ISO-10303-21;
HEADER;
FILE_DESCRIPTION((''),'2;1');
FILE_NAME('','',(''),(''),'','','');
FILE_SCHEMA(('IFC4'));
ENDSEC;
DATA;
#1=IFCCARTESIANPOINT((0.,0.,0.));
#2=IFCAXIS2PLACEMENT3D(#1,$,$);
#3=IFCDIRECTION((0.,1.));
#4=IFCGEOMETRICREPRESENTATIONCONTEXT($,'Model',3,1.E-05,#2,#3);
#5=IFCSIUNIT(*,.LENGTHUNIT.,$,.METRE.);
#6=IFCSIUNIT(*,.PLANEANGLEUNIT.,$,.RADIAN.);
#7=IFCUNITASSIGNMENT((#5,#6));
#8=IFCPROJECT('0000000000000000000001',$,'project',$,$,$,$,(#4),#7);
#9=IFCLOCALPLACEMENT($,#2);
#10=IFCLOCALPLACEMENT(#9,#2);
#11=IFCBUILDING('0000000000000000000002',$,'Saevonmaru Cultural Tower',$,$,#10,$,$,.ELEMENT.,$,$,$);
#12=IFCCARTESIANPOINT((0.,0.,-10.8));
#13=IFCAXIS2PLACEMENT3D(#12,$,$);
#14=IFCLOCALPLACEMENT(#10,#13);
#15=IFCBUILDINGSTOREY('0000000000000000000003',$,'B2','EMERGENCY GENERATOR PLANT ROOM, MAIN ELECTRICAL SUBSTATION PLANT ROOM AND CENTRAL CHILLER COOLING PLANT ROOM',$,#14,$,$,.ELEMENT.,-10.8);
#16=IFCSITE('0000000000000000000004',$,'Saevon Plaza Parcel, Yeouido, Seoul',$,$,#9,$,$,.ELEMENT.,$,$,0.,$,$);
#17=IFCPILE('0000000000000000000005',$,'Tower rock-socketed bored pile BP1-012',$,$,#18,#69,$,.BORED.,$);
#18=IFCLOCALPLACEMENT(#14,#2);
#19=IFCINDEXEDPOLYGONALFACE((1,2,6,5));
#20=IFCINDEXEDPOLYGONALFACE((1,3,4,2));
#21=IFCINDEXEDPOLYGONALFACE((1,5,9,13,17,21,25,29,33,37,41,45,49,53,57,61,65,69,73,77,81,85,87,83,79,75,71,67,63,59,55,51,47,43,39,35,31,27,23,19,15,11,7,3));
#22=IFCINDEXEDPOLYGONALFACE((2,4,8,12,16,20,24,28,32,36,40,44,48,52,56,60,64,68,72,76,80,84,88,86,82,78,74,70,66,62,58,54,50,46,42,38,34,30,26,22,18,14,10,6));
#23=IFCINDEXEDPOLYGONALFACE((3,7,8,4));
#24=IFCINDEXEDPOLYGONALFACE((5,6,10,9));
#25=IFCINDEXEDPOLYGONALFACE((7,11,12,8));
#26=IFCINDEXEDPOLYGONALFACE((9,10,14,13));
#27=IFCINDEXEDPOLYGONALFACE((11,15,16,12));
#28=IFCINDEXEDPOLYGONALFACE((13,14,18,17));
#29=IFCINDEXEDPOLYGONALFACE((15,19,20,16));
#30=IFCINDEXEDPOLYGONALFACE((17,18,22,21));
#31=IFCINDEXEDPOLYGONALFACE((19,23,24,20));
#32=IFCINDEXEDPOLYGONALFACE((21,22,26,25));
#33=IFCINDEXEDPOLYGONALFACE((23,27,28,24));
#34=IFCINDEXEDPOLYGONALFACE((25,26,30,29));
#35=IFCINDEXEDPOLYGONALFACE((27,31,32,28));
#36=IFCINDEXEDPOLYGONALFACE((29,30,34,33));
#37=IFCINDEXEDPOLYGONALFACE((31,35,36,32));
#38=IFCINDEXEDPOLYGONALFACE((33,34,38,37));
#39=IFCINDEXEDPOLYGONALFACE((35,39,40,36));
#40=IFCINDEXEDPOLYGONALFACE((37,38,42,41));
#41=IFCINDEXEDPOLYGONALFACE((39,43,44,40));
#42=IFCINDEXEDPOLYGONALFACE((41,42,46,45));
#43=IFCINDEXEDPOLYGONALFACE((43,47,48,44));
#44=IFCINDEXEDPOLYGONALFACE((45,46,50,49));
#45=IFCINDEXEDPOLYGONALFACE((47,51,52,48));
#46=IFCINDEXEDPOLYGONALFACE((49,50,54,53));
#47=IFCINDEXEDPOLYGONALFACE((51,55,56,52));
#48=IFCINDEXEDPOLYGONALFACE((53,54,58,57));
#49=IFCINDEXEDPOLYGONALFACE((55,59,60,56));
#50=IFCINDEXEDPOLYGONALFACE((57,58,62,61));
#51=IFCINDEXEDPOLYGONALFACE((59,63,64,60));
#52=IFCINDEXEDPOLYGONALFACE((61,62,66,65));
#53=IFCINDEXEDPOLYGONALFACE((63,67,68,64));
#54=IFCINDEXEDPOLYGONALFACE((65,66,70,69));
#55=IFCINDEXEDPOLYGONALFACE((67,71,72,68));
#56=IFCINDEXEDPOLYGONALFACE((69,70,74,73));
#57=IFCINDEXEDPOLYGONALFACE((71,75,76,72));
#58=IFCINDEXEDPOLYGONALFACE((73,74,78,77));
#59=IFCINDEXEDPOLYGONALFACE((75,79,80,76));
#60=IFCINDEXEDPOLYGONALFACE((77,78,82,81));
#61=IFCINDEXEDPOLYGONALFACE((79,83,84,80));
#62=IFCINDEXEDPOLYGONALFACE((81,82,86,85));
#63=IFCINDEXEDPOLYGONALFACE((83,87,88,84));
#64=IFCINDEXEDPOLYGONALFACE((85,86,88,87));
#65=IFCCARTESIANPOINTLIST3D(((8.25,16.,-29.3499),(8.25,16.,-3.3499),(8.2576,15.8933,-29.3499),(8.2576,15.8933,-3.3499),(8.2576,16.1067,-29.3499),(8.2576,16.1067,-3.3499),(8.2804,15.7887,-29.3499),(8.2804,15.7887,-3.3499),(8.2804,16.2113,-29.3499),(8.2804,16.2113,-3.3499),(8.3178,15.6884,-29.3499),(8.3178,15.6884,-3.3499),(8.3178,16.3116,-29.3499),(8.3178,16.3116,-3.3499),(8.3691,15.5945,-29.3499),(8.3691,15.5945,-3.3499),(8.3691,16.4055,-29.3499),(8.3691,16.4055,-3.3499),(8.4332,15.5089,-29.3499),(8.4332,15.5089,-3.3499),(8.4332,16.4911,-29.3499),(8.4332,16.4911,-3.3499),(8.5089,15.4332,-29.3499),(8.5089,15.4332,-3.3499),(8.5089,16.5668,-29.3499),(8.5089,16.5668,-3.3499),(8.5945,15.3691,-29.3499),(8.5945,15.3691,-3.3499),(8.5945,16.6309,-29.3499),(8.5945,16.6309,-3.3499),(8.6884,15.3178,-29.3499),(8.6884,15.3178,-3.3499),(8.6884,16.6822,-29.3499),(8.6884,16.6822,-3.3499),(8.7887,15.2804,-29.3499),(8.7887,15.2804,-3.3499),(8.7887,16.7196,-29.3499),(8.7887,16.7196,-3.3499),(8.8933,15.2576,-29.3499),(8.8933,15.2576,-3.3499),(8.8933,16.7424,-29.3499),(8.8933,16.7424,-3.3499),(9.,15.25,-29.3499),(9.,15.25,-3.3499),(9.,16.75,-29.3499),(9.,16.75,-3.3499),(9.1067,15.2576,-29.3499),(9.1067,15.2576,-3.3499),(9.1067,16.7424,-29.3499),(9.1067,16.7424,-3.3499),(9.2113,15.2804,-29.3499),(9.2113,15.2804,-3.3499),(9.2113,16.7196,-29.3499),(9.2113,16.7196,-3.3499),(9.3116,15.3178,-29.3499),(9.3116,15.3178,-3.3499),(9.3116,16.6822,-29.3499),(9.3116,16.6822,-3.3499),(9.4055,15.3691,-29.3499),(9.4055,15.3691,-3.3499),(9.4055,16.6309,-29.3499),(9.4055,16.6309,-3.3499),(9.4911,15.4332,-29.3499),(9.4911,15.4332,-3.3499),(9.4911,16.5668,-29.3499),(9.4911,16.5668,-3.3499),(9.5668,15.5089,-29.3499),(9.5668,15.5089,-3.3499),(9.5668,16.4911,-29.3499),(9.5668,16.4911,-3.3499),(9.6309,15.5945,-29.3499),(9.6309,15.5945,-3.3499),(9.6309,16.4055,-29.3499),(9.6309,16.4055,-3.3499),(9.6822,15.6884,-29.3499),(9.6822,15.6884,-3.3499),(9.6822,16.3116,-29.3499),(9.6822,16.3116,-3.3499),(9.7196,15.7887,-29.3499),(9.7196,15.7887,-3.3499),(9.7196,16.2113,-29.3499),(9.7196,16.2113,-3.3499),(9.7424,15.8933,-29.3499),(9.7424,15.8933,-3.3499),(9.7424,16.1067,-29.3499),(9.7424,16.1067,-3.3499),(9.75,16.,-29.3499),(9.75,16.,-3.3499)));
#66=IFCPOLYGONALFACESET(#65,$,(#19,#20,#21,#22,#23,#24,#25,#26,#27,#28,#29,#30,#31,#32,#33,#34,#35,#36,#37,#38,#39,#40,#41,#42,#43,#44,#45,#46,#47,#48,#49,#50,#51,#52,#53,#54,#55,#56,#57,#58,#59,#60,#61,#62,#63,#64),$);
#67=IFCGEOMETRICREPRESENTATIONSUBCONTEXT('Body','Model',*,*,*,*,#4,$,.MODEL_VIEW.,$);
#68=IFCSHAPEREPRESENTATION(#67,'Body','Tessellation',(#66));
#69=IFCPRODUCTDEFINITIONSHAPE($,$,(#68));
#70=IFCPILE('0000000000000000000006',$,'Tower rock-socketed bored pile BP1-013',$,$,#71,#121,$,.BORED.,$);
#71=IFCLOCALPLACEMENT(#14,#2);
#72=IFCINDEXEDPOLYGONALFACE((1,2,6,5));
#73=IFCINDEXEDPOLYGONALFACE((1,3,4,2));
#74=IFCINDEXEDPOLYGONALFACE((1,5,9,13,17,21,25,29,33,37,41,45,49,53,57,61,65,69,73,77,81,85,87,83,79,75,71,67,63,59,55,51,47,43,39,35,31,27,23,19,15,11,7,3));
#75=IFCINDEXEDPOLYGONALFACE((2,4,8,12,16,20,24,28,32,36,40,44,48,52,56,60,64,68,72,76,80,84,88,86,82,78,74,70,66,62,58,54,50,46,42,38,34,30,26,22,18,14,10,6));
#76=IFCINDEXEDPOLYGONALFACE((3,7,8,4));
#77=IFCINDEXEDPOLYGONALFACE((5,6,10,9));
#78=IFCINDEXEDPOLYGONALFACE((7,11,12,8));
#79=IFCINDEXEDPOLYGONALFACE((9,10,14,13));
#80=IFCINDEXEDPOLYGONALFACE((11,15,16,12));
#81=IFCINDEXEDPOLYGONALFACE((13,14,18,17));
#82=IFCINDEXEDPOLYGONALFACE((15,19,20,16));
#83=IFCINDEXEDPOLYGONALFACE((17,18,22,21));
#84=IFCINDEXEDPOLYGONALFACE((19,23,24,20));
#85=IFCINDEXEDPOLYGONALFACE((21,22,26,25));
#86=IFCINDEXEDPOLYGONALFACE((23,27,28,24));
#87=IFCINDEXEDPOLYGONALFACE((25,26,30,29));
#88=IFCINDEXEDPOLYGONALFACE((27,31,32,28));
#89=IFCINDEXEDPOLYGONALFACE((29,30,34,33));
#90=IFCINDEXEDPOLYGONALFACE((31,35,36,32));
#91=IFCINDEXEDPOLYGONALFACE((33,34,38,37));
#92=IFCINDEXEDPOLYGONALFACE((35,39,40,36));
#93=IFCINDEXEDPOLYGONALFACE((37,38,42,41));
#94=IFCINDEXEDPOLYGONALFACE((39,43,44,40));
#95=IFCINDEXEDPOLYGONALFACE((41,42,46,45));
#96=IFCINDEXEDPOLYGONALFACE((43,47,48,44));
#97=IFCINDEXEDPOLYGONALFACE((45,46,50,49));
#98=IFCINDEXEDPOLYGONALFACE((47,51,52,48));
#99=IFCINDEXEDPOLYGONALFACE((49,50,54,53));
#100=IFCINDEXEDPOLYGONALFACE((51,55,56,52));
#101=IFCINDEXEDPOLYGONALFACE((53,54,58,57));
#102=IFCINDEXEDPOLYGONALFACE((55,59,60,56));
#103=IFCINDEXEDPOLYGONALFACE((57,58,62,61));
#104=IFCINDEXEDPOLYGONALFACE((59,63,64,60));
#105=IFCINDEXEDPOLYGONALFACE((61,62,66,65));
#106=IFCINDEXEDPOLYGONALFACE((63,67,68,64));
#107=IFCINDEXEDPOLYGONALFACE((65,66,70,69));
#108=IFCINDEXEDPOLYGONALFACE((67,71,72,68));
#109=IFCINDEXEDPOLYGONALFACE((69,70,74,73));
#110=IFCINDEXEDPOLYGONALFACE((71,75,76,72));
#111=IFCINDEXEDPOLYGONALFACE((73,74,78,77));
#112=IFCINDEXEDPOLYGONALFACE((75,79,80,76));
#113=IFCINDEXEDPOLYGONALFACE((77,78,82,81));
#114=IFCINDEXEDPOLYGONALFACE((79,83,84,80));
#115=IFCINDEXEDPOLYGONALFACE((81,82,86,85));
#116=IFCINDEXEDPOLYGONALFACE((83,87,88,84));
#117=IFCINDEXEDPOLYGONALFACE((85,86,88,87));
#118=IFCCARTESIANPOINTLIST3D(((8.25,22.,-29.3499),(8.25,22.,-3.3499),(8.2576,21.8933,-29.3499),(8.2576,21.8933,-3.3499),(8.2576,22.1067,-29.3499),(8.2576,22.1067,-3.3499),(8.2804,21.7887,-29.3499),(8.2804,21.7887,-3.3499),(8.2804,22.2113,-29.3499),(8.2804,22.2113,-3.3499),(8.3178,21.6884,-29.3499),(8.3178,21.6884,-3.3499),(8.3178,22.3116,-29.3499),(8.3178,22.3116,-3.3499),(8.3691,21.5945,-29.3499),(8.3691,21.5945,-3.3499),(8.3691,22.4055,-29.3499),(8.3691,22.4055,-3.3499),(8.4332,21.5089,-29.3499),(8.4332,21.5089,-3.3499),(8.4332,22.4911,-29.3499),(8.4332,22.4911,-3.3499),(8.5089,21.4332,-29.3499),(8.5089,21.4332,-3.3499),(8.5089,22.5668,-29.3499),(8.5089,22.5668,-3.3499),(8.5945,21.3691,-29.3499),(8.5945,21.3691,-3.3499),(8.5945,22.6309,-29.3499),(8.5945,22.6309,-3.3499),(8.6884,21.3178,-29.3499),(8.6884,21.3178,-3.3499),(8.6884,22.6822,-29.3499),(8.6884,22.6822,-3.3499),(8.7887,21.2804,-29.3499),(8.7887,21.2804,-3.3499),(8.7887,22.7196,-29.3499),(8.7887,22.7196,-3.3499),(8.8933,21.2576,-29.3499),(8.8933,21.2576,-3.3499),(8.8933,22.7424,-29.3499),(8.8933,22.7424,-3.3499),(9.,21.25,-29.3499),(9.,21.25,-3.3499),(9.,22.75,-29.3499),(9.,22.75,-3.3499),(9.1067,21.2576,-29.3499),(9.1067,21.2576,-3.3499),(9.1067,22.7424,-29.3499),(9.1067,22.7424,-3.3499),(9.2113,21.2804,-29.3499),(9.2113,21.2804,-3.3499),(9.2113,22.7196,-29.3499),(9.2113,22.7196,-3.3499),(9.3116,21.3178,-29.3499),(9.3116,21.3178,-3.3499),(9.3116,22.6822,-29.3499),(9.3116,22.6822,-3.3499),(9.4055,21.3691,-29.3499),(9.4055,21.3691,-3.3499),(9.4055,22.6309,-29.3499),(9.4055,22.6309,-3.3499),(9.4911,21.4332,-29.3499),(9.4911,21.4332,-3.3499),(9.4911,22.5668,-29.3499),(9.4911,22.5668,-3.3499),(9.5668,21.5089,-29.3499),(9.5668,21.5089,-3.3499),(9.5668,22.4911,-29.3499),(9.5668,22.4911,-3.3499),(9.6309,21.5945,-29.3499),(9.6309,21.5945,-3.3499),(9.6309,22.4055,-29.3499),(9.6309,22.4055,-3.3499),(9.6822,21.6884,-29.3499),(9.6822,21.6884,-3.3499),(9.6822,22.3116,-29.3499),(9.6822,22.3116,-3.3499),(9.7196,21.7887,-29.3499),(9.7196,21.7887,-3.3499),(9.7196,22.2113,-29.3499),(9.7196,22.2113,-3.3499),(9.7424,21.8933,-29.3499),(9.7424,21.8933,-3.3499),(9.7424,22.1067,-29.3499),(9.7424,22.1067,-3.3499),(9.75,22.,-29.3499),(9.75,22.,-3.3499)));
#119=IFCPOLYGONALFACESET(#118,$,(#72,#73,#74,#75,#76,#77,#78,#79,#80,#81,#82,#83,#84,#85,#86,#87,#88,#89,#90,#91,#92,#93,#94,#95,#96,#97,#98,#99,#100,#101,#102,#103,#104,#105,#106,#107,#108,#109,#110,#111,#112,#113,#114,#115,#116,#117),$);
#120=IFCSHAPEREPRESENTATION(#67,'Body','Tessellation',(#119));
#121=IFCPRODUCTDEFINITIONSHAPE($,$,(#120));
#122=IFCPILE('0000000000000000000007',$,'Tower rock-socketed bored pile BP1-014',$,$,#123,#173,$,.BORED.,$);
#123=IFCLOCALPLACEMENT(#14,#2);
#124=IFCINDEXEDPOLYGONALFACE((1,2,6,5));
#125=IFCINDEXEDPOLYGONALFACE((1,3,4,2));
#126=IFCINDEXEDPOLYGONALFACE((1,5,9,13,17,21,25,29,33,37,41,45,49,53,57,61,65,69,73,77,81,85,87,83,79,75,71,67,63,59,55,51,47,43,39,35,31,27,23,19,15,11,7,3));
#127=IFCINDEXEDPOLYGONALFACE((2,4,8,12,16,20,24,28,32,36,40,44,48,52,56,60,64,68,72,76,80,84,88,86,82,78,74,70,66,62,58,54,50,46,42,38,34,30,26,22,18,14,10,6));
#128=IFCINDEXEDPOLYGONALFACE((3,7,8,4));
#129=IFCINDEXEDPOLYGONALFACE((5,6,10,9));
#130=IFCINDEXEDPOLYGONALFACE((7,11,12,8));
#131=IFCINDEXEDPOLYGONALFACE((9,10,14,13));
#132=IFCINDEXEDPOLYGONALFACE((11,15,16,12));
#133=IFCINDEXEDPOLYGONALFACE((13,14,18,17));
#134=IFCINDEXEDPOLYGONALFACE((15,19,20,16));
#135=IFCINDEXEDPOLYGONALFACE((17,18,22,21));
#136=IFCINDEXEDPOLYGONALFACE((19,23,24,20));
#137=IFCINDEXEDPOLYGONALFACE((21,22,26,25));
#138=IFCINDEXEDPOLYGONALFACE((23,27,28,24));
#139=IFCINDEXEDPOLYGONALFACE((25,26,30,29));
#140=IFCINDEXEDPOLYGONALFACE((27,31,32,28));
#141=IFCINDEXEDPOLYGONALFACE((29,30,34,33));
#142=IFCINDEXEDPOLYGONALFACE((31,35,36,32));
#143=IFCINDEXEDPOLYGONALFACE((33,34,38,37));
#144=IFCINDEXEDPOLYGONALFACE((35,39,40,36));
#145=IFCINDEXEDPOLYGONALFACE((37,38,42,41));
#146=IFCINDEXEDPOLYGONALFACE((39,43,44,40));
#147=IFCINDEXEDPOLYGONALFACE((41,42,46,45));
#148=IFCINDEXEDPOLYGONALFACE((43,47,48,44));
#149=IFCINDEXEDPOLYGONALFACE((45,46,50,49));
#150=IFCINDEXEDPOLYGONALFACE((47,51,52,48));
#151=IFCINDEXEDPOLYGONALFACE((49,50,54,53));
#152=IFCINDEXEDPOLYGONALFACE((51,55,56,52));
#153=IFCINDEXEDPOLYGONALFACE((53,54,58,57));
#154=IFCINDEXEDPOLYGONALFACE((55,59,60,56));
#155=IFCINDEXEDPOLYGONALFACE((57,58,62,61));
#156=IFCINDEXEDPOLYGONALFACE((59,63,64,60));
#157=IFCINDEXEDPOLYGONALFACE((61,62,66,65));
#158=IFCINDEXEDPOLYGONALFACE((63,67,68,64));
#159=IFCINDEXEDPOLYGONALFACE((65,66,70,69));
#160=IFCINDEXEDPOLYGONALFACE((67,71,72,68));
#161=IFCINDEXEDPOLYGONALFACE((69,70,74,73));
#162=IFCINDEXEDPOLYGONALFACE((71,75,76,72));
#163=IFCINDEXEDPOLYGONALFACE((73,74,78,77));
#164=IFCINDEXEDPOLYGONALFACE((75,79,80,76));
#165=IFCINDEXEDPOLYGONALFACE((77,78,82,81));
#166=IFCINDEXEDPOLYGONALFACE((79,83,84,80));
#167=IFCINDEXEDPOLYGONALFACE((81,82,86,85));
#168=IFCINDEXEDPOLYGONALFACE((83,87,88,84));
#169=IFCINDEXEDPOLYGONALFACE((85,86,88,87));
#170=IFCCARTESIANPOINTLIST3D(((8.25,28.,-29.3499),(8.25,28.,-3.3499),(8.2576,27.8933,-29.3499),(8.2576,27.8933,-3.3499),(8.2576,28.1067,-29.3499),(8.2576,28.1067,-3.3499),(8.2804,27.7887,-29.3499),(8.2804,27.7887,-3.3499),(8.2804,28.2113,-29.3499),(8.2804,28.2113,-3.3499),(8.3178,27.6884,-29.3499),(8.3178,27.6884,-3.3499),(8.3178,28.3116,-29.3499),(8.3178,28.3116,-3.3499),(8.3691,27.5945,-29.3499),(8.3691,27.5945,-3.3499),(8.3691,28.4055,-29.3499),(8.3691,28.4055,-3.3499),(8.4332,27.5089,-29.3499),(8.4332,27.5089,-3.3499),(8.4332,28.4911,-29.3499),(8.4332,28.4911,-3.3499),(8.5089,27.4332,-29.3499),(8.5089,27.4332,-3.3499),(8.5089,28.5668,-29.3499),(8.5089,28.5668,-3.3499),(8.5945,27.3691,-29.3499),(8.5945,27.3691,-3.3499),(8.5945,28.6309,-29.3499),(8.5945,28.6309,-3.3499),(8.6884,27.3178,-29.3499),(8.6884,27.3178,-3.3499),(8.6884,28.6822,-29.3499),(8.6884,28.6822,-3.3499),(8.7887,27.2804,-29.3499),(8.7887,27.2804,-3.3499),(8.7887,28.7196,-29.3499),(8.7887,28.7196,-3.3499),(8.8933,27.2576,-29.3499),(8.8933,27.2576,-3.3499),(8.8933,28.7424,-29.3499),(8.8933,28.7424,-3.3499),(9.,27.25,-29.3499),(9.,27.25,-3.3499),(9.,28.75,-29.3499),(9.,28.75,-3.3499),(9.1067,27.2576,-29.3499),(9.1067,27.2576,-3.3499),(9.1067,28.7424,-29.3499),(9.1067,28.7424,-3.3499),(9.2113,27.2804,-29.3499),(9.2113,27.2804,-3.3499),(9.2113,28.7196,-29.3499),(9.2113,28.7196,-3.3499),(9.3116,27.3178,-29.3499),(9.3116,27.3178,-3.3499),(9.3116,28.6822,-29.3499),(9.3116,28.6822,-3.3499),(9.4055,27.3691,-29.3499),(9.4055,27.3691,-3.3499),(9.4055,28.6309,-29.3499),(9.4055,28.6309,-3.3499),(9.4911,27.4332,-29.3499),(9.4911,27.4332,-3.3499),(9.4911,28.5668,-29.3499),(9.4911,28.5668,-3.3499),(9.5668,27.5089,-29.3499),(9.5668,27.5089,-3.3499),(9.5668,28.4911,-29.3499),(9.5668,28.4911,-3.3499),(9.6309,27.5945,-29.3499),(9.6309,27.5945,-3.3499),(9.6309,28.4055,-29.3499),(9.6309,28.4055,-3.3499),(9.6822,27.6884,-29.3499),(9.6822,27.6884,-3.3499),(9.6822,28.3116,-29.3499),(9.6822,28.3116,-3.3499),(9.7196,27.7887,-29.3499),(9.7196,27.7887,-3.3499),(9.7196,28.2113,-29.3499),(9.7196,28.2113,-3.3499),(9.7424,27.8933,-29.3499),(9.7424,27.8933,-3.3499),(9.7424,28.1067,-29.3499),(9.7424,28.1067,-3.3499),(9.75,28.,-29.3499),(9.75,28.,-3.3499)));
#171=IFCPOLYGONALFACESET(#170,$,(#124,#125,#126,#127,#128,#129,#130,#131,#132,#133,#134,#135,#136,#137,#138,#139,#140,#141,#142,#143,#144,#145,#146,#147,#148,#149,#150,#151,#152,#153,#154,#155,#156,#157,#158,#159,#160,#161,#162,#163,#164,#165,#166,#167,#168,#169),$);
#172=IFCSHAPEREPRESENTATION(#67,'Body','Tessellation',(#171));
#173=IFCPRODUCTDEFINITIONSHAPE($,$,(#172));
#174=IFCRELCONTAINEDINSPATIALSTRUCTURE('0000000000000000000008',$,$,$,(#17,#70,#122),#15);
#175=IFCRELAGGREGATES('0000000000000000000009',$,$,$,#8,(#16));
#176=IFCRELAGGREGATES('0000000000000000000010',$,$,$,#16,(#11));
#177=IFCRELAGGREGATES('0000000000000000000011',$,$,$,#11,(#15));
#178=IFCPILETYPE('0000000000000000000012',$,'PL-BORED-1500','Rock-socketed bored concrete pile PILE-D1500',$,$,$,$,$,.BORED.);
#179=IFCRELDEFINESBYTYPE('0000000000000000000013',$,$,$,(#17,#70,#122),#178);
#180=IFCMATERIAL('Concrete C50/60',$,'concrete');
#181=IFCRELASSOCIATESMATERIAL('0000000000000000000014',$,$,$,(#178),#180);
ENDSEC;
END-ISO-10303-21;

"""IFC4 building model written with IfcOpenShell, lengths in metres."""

from ifc_helpers import new_model, si_unit, direction, frame, origin, origin_2d, place, context, subcontext, project, spatial, circle, extrude, material, material_profile, profile_set, type_object, element, save


model = new_model("IFC4")

# Units and contexts
model_context = context("Model", 3, precision=1e-05, world=origin(), true_north=direction((0.0, 1.0)))
body_context = subcontext(model_context, "Body", "Model", "MODEL_VIEW")
ifc_project = project(units=[si_unit("LENGTHUNIT", "METRE"), si_unit("PLANEANGLEUNIT", "RADIAN")], contexts=[model_context])

# Site, building, storey
site_placement = place(None, origin())
site = spatial("IfcSite", under=ifc_project, at=site_placement, Name="Saevon Plaza Parcel, Yeouido, Seoul", CompositionType="ELEMENT", RefElevation=0.0)
building_placement = place(site_placement, origin())
building = spatial("IfcBuilding", under=site, at=building_placement, Name="Saevonmaru Cultural Tower", CompositionType="ELEMENT")
storey_placement = place(building_placement, frame((0.0, 0.0, -10.8)))
storey = spatial("IfcBuildingStorey", under=building, at=storey_placement, Name="B2", Description="EMERGENCY GENERATOR PLANT ROOM, MAIN ELECTRICAL SUBSTATION PLANT ROOM AND CENTRAL CHILLER COOLING PLANT ROOM", CompositionType="ELEMENT", Elevation=-10.8)

# Piles
ifc_material_1 = material(Name="Concrete C50/60", Category="concrete")
ifc_material_profile_1 = material_profile(ifc_material_1, circle(Radius=0.75, at=origin_2d()), Name="PILE-D1500")
ifc_profile_set_1 = profile_set([ifc_material_profile_1], Name="Concrete C50/60")
pile_type = type_object("IfcPileType", Name="PL-BORED-1500", Description="Rock-socketed bored concrete pile PILE-D1500", PredefinedType="BORED", material=ifc_profile_set_1)
for number, where, z_axis, x_axis, name in (
    (1, (9.0, 16.0, -3.3499), (0.0, 0.0, -1.0), (1.0, 0.0, 0.0), "Tower rock-socketed bored pile BP1-012"),
    (2, (9.0, 22.0, -3.3499), (0.0, 0.0, -1.0), (1.0, 0.0, 0.0), "Tower rock-socketed bored pile BP1-013"),
    (3, (9.0, 28.0, -3.3499), (0.0, 0.0, -1.0), (1.0, 0.0, 0.0), "Tower rock-socketed bored pile BP1-014"),
):
    element("IfcPile", number, at=place(storey_placement, frame(where, z_axis=z_axis, x_axis=x_axis)), inside=storey, type_object=pile_type, Name=name, PredefinedType="BORED", context=body_context, shape_type="SweptSolid", body=[
        extrude(circle(Radius=0.75, at=origin_2d()), origin(), (0.0, 0.0, 1.0), 26.0),
    ])

save(model, "model.ifc")
